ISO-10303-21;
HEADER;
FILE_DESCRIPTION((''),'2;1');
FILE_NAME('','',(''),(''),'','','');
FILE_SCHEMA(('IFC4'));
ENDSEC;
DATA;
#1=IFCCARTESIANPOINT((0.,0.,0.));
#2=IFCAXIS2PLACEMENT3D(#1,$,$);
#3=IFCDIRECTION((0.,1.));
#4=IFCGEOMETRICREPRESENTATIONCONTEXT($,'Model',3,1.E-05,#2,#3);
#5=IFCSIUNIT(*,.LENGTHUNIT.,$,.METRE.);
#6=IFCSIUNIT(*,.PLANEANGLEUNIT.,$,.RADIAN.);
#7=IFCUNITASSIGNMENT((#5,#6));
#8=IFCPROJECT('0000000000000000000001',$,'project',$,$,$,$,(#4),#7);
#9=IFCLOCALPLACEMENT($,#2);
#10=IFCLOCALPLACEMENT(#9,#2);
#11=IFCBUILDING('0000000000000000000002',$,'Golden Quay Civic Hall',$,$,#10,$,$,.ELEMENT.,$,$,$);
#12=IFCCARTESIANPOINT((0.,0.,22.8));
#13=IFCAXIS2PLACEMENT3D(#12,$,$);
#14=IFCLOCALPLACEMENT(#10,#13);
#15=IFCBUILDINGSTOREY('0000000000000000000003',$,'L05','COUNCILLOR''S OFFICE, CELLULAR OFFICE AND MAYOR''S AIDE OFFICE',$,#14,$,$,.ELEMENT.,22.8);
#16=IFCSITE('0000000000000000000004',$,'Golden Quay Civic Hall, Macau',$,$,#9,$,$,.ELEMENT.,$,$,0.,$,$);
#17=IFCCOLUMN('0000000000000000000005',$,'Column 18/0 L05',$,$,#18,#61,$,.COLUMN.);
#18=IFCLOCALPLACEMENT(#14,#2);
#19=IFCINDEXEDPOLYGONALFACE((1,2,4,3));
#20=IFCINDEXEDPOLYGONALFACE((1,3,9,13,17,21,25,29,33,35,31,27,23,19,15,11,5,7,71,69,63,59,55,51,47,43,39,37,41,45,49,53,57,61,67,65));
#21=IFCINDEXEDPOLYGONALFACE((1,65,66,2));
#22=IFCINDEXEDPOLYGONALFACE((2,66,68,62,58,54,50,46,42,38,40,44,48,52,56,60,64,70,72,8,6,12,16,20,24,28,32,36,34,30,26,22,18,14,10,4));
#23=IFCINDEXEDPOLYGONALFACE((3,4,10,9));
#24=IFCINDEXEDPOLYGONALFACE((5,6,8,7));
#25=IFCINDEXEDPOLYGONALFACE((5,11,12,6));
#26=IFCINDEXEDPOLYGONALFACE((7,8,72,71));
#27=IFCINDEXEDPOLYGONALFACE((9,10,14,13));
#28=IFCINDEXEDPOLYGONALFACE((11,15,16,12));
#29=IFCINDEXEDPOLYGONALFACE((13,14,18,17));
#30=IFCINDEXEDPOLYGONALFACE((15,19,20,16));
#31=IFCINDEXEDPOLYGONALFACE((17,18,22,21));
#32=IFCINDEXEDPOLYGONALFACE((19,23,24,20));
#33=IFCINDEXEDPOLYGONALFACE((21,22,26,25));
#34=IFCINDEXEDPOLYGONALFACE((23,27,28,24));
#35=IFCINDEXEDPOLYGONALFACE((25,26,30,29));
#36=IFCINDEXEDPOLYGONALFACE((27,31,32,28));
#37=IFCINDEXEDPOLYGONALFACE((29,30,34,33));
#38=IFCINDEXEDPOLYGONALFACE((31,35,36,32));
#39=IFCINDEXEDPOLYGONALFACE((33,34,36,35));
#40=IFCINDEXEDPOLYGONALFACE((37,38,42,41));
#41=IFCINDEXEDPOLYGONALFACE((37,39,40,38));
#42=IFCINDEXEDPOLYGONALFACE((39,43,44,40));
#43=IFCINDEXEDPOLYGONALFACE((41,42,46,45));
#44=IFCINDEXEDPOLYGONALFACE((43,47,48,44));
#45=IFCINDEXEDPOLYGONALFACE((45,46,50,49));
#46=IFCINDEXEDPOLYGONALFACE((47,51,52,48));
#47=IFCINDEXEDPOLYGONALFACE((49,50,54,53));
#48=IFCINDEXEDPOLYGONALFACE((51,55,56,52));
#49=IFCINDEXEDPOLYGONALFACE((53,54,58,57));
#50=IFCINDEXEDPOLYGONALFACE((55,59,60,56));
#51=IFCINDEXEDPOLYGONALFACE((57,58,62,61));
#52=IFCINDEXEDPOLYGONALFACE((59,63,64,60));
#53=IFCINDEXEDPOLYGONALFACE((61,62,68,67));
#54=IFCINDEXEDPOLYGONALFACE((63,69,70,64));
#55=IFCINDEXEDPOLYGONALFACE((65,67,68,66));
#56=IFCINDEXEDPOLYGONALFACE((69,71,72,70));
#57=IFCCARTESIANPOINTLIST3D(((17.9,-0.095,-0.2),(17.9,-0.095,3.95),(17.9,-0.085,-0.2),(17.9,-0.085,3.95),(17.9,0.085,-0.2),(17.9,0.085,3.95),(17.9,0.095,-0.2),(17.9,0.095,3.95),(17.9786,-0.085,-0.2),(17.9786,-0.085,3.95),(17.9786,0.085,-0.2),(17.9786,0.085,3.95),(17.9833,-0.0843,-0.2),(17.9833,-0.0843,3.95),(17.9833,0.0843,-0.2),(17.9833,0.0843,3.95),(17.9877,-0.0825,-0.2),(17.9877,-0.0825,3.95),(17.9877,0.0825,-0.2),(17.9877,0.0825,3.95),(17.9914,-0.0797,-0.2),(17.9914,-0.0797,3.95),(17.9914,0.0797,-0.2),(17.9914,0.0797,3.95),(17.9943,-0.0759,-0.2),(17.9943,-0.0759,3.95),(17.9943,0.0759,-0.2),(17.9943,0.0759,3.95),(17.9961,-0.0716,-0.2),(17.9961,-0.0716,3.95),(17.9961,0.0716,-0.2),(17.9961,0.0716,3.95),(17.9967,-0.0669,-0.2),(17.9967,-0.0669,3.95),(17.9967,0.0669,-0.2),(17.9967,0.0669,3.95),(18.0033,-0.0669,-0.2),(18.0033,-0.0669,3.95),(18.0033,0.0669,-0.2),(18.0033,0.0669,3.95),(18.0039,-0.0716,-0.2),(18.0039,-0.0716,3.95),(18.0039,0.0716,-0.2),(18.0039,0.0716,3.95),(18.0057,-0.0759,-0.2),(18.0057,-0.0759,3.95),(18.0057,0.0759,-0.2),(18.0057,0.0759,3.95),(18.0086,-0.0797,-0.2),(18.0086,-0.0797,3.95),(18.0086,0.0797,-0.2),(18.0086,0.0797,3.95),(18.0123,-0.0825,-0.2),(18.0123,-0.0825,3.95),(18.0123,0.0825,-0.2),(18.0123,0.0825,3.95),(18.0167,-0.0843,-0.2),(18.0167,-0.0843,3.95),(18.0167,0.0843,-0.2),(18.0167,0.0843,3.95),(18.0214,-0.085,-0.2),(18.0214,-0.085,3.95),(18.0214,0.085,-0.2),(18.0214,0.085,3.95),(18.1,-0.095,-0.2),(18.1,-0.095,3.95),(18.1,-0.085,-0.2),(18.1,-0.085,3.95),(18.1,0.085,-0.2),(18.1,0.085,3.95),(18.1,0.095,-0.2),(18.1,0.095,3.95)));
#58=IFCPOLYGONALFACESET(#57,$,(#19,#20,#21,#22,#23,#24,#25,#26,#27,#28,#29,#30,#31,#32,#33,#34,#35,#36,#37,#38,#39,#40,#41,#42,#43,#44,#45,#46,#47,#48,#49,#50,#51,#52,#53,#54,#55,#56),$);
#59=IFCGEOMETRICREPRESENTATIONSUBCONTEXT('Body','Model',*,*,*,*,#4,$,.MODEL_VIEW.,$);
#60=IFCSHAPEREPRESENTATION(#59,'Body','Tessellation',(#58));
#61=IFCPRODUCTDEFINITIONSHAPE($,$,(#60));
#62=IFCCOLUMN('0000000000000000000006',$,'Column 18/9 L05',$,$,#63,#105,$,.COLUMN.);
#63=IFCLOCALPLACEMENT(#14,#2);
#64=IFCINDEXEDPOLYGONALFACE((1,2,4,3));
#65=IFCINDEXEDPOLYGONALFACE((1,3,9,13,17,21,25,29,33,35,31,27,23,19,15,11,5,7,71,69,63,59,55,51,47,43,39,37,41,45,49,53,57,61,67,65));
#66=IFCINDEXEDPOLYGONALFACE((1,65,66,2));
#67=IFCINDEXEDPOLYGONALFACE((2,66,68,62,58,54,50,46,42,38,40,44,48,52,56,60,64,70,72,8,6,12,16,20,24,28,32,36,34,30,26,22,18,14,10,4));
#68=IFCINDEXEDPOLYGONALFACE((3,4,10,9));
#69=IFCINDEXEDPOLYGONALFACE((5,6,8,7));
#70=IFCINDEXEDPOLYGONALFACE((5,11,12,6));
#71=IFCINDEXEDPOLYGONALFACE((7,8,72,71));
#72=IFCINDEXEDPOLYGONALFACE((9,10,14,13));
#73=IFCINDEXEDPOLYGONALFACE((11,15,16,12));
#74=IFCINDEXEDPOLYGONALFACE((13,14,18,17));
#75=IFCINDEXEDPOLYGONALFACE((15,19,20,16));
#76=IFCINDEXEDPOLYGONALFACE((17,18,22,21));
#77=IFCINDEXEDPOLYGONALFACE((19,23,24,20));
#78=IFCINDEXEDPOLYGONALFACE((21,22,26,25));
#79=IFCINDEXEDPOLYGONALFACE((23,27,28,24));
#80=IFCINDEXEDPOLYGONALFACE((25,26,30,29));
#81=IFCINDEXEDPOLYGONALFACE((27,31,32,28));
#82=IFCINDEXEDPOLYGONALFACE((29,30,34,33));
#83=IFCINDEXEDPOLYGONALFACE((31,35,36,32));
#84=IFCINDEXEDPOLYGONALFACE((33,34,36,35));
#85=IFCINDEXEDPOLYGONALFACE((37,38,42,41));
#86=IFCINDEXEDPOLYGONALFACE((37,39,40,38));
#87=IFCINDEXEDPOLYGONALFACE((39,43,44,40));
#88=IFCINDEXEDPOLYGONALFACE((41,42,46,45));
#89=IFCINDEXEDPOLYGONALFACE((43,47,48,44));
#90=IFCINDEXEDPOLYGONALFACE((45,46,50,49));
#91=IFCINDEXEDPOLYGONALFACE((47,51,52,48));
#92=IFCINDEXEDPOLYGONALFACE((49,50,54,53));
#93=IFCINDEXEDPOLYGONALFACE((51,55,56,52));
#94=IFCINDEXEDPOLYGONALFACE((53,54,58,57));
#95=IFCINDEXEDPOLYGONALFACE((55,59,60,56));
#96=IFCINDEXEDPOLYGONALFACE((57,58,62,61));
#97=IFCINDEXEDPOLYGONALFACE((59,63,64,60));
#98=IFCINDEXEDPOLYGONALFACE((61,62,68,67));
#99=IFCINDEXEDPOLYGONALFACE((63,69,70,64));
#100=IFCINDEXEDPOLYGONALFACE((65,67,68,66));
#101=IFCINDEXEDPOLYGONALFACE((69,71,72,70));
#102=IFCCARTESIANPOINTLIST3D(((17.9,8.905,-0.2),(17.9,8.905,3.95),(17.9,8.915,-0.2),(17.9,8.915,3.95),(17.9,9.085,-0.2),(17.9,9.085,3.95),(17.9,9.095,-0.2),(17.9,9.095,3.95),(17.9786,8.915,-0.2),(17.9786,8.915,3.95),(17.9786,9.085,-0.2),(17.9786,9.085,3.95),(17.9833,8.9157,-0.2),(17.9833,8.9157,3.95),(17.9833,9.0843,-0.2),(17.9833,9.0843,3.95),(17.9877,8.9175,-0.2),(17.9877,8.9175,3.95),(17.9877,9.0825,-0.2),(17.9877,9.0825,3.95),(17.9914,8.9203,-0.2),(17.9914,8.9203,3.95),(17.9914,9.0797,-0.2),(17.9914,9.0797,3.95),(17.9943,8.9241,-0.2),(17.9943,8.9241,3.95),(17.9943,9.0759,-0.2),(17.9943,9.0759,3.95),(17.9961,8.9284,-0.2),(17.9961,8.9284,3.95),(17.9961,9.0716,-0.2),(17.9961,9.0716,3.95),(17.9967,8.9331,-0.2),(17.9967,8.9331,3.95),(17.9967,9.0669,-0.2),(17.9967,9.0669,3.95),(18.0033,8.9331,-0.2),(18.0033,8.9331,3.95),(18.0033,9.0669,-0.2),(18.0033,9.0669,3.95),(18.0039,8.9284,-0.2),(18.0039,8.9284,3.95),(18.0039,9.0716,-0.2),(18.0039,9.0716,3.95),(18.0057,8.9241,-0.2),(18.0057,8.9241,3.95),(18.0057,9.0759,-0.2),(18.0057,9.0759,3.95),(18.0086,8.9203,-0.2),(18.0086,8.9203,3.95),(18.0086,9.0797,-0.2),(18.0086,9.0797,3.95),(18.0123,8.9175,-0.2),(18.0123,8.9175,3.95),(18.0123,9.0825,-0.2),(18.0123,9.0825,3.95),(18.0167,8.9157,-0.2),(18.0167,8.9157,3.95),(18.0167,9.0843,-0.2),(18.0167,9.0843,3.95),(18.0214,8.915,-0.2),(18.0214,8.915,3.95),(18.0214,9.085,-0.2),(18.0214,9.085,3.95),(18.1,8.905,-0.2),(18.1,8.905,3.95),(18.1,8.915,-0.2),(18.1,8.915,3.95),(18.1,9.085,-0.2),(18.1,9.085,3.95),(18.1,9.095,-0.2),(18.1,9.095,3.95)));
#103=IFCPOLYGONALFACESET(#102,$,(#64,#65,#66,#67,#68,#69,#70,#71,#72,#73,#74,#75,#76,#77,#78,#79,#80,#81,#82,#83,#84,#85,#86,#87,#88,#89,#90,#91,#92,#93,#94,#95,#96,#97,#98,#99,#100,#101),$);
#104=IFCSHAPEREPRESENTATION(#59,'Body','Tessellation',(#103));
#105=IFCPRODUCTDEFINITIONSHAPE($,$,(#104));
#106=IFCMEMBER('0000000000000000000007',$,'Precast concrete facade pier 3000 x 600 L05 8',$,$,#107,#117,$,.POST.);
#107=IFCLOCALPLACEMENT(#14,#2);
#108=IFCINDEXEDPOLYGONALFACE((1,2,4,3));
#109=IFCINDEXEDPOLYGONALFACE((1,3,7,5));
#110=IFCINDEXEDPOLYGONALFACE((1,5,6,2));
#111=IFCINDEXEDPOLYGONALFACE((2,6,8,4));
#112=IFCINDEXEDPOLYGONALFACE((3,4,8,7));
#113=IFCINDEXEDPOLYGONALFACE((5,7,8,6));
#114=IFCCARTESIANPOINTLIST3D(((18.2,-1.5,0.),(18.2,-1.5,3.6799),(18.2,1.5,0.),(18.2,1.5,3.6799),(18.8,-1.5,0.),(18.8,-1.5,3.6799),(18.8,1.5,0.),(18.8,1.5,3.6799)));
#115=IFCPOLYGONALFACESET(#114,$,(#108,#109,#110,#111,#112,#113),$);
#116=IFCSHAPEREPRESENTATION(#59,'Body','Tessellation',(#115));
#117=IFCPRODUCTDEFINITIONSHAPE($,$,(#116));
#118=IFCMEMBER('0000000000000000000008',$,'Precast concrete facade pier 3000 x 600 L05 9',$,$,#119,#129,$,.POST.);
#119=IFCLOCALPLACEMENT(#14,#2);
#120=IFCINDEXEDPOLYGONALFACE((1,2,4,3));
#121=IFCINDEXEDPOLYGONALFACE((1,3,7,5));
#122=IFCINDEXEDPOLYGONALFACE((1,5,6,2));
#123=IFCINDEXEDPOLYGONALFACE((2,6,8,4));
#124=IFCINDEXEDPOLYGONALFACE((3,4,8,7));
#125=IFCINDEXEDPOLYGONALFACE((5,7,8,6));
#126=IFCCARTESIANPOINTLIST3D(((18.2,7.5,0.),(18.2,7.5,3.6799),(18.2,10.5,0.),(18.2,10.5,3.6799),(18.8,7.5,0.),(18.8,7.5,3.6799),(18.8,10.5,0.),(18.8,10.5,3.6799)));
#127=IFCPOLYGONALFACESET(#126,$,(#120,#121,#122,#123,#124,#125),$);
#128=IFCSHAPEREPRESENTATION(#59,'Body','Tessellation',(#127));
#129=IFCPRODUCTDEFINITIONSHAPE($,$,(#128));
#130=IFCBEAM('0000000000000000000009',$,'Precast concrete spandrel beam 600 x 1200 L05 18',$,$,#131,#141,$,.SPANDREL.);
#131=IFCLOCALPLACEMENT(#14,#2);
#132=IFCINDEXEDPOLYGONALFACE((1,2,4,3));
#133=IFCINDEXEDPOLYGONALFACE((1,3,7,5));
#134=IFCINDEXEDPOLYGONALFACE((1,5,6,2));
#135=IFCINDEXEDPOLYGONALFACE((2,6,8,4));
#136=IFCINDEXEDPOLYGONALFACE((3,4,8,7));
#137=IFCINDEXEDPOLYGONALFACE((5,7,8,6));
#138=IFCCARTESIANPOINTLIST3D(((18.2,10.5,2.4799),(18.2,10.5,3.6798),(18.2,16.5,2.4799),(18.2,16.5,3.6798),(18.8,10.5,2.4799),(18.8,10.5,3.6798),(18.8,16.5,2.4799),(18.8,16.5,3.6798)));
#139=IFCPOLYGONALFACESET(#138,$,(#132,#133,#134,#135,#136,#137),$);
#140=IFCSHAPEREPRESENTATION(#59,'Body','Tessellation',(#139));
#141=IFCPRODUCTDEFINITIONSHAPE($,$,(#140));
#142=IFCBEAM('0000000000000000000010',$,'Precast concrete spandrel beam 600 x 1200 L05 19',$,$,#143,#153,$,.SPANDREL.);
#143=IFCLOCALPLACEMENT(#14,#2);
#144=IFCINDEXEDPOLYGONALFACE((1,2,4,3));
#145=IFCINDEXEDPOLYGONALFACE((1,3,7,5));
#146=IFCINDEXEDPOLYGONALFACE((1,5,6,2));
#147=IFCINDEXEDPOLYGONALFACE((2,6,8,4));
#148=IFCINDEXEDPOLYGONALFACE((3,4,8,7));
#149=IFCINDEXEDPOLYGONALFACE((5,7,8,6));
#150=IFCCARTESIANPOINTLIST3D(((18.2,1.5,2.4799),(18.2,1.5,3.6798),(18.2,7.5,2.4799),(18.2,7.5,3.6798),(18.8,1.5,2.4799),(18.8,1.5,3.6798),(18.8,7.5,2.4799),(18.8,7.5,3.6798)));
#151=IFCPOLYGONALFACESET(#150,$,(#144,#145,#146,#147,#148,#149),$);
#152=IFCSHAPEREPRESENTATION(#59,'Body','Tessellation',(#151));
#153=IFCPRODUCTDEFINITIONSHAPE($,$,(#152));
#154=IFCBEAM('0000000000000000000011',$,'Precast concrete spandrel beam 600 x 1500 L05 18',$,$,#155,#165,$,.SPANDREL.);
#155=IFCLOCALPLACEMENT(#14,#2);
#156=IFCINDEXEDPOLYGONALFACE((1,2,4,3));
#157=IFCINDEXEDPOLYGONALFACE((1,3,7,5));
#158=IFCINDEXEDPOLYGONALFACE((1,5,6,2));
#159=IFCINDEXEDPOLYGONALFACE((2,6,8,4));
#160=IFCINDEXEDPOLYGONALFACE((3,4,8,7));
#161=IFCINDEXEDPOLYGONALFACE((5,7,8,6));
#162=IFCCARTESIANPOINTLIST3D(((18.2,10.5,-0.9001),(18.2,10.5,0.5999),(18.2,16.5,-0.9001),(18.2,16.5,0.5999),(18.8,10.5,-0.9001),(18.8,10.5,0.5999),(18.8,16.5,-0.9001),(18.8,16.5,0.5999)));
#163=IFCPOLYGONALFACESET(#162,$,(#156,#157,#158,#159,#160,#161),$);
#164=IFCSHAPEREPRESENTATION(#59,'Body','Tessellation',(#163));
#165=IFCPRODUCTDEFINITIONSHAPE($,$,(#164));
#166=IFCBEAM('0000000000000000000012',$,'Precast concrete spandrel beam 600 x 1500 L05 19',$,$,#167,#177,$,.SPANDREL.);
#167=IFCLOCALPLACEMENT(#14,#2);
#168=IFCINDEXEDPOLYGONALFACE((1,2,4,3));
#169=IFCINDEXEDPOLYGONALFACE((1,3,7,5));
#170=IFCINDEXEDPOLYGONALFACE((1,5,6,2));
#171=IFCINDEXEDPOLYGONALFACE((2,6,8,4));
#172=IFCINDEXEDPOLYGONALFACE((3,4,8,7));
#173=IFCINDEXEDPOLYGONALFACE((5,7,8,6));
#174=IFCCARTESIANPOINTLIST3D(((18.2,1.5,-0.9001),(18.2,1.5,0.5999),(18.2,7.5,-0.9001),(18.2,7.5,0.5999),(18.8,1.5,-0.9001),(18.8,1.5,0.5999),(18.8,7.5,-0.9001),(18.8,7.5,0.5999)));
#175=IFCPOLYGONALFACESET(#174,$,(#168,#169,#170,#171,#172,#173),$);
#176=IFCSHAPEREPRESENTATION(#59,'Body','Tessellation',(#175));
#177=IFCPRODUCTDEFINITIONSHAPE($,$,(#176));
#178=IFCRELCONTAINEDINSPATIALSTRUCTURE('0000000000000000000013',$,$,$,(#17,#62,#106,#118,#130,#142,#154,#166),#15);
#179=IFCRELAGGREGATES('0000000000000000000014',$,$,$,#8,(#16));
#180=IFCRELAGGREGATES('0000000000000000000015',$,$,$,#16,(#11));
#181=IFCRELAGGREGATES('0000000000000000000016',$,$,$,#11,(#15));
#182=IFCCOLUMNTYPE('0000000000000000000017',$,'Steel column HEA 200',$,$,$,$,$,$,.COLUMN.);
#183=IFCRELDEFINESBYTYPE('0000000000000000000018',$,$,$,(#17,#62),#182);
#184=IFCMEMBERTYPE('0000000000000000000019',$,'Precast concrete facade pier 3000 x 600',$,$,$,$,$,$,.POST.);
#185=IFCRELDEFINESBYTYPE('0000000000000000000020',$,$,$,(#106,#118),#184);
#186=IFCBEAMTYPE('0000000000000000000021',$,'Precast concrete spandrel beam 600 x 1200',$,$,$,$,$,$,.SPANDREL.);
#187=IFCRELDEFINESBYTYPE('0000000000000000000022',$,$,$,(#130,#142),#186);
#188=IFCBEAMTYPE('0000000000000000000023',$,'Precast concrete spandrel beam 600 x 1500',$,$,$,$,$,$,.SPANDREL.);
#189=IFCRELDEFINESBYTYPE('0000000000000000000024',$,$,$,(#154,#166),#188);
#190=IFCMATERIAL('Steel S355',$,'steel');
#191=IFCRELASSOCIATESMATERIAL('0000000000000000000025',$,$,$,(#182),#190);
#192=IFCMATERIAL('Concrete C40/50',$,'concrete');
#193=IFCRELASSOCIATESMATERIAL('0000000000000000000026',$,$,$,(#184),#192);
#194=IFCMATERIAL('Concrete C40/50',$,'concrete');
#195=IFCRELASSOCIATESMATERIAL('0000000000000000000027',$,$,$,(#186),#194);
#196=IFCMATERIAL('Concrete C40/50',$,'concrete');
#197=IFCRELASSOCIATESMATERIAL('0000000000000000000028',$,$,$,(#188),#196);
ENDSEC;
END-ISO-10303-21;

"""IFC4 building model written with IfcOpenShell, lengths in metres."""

from ifc_helpers import new_model, si_unit, direction, frame, origin, origin_2d, place, context, subcontext, project, spatial, rectangle, i_section, extrude, material, material_profile, profile_set, type_object, element, save


model = new_model("IFC4")

# Units and contexts
model_context = context("Model", 3, precision=1e-05, world=origin(), true_north=direction((0.0, 1.0)))
body_context = subcontext(model_context, "Body", "Model", "MODEL_VIEW")
ifc_project = project(units=[si_unit("LENGTHUNIT", "METRE"), si_unit("PLANEANGLEUNIT", "RADIAN")], contexts=[model_context])

# Site, building, storey
site_placement = place(None, origin())
site = spatial("IfcSite", under=ifc_project, at=site_placement, Name="Golden Quay Civic Hall, Macau", CompositionType="ELEMENT", RefElevation=0.0)
building_placement = place(site_placement, origin())
building = spatial("IfcBuilding", under=site, at=building_placement, Name="Golden Quay Civic Hall", CompositionType="ELEMENT")
storey_placement = place(building_placement, frame((0.0, 0.0, 22.8)))
storey = spatial("IfcBuildingStorey", under=building, at=storey_placement, Name="L05", Description="COUNCILLOR'S OFFICE, CELLULAR OFFICE AND MAYOR'S AIDE OFFICE", CompositionType="ELEMENT", Elevation=22.8)

# Columns
ifc_material_1 = material(Name="Steel S355", Category="steel")
ifc_material_profile_1 = material_profile(ifc_material_1, i_section(OverallWidth=0.2, OverallDepth=0.1899, WebThickness=0.0066, FlangeThickness=0.01, FilletRadius=0.0181, at=origin_2d()), Name="HEA 200")
ifc_profile_set_1 = profile_set([ifc_material_profile_1], Name="Steel S355")
column_type = type_object("IfcColumnType", Name="Steel column HEA 200", PredefinedType="COLUMN", material=ifc_profile_set_1)
for number, where, z_axis, x_axis, name in (
    (1, (18.0, 0.0, -0.2), (0.0, 0.0, 1.0), (1.0, 0.0, 0.0), "Column 18/0 L05"),
    (2, (18.0, 9.0, -0.2), (0.0, 0.0, 1.0), (1.0, 0.0, 0.0), "Column 18/9 L05"),
):
    element("IfcColumn", number, at=place(storey_placement, frame(where, z_axis=z_axis, x_axis=x_axis)), inside=storey, type_object=column_type, Name=name, PredefinedType="COLUMN", context=body_context, shape_type="SweptSolid", body=[
        extrude(i_section(OverallWidth=0.2, OverallDepth=0.1899, WebThickness=0.0066, FlangeThickness=0.01, FilletRadius=0.0181, at=origin_2d()), origin(), (0.0, 0.0, 1.0), 4.1499),
    ])

# Members
ifc_material_2 = material(Name="Concrete C40/50", Category="concrete")
ifc_material_profile_2 = material_profile(ifc_material_2, rectangle(XDim=3.0, YDim=0.6001, at=origin_2d()), Name="RC 3000x600")
ifc_profile_set_2 = profile_set([ifc_material_profile_2], Name="Concrete C40/50")
member_type = type_object("IfcMemberType", Name="Precast concrete facade pier 3000 x 600", PredefinedType="POST", material=ifc_profile_set_2)
for number, where, z_axis, x_axis, name in (
    (3, (18.5, 0.0, 0.0), (0.0, 0.0, 1.0), (0.0, 1.0, 0.0), "Precast concrete facade pier 3000 x 600 L05 8"),
    (4, (18.5, 9.0, 0.0), (0.0, 0.0, 1.0), (0.0, 1.0, 0.0), "Precast concrete facade pier 3000 x 600 L05 9"),
):
    element("IfcMember", number, at=place(storey_placement, frame(where, z_axis=z_axis, x_axis=x_axis)), inside=storey, type_object=member_type, Name=name, PredefinedType="POST", context=body_context, shape_type="SweptSolid", body=[
        extrude(rectangle(XDim=3.0, YDim=0.6001, at=origin_2d()), origin(), (0.0, 0.0, 1.0), 3.6799),
    ])

# Beams
ifc_material_3 = material(Name="Concrete C40/50", Category="concrete")
ifc_material_profile_3 = material_profile(ifc_material_3, rectangle(XDim=0.6001, YDim=1.2, at=origin_2d()), Name="RC 600x1200")
ifc_profile_set_3 = profile_set([ifc_material_profile_3], Name="Concrete C40/50")
beam_type_1 = type_object("IfcBeamType", Name="Precast concrete spandrel beam 600 x 1200", PredefinedType="SPANDREL", material=ifc_profile_set_3)
for number, where, z_axis, x_axis, name in (
    (5, (18.5, 10.5, 3.0798), (0.0, 1.0, 0.0), (-1.0, 0.0, 0.0), "Precast concrete spandrel beam 600 x 1200 L05 18"),
    (6, (18.5, 1.5, 3.0798), (0.0, 1.0, 0.0), (-1.0, 0.0, 0.0), "Precast concrete spandrel beam 600 x 1200 L05 19"),
):
    element("IfcBeam", number, at=place(storey_placement, frame(where, z_axis=z_axis, x_axis=x_axis)), inside=storey, type_object=beam_type_1, Name=name, PredefinedType="SPANDREL", context=body_context, shape_type="SweptSolid", body=[
        extrude(rectangle(XDim=0.6001, YDim=1.2, at=origin_2d()), origin(), (0.0, 0.0, 1.0), 6.0),
    ])
ifc_material_4 = material(Name="Concrete C40/50", Category="concrete")
ifc_material_profile_4 = material_profile(ifc_material_4, rectangle(XDim=0.6001, YDim=1.5, at=origin_2d()), Name="RC 600x1500")
ifc_profile_set_4 = profile_set([ifc_material_profile_4], Name="Concrete C40/50")
beam_type_2 = type_object("IfcBeamType", Name="Precast concrete spandrel beam 600 x 1500", PredefinedType="SPANDREL", material=ifc_profile_set_4)
for number, where, z_axis, x_axis, name in (
    (7, (18.5, 10.5, -0.1501), (0.0, 1.0, 0.0), (-1.0, 0.0, 0.0), "Precast concrete spandrel beam 600 x 1500 L05 18"),
    (8, (18.5, 1.5, -0.1501), (0.0, 1.0, 0.0), (-1.0, 0.0, 0.0), "Precast concrete spandrel beam 600 x 1500 L05 19"),
):
    element("IfcBeam", number, at=place(storey_placement, frame(where, z_axis=z_axis, x_axis=x_axis)), inside=storey, type_object=beam_type_2, Name=name, PredefinedType="SPANDREL", context=body_context, shape_type="SweptSolid", body=[
        extrude(rectangle(XDim=0.6001, YDim=1.5, at=origin_2d()), origin(), (0.0, 0.0, 1.0), 6.0),
    ])

save(model, "model.ifc")
